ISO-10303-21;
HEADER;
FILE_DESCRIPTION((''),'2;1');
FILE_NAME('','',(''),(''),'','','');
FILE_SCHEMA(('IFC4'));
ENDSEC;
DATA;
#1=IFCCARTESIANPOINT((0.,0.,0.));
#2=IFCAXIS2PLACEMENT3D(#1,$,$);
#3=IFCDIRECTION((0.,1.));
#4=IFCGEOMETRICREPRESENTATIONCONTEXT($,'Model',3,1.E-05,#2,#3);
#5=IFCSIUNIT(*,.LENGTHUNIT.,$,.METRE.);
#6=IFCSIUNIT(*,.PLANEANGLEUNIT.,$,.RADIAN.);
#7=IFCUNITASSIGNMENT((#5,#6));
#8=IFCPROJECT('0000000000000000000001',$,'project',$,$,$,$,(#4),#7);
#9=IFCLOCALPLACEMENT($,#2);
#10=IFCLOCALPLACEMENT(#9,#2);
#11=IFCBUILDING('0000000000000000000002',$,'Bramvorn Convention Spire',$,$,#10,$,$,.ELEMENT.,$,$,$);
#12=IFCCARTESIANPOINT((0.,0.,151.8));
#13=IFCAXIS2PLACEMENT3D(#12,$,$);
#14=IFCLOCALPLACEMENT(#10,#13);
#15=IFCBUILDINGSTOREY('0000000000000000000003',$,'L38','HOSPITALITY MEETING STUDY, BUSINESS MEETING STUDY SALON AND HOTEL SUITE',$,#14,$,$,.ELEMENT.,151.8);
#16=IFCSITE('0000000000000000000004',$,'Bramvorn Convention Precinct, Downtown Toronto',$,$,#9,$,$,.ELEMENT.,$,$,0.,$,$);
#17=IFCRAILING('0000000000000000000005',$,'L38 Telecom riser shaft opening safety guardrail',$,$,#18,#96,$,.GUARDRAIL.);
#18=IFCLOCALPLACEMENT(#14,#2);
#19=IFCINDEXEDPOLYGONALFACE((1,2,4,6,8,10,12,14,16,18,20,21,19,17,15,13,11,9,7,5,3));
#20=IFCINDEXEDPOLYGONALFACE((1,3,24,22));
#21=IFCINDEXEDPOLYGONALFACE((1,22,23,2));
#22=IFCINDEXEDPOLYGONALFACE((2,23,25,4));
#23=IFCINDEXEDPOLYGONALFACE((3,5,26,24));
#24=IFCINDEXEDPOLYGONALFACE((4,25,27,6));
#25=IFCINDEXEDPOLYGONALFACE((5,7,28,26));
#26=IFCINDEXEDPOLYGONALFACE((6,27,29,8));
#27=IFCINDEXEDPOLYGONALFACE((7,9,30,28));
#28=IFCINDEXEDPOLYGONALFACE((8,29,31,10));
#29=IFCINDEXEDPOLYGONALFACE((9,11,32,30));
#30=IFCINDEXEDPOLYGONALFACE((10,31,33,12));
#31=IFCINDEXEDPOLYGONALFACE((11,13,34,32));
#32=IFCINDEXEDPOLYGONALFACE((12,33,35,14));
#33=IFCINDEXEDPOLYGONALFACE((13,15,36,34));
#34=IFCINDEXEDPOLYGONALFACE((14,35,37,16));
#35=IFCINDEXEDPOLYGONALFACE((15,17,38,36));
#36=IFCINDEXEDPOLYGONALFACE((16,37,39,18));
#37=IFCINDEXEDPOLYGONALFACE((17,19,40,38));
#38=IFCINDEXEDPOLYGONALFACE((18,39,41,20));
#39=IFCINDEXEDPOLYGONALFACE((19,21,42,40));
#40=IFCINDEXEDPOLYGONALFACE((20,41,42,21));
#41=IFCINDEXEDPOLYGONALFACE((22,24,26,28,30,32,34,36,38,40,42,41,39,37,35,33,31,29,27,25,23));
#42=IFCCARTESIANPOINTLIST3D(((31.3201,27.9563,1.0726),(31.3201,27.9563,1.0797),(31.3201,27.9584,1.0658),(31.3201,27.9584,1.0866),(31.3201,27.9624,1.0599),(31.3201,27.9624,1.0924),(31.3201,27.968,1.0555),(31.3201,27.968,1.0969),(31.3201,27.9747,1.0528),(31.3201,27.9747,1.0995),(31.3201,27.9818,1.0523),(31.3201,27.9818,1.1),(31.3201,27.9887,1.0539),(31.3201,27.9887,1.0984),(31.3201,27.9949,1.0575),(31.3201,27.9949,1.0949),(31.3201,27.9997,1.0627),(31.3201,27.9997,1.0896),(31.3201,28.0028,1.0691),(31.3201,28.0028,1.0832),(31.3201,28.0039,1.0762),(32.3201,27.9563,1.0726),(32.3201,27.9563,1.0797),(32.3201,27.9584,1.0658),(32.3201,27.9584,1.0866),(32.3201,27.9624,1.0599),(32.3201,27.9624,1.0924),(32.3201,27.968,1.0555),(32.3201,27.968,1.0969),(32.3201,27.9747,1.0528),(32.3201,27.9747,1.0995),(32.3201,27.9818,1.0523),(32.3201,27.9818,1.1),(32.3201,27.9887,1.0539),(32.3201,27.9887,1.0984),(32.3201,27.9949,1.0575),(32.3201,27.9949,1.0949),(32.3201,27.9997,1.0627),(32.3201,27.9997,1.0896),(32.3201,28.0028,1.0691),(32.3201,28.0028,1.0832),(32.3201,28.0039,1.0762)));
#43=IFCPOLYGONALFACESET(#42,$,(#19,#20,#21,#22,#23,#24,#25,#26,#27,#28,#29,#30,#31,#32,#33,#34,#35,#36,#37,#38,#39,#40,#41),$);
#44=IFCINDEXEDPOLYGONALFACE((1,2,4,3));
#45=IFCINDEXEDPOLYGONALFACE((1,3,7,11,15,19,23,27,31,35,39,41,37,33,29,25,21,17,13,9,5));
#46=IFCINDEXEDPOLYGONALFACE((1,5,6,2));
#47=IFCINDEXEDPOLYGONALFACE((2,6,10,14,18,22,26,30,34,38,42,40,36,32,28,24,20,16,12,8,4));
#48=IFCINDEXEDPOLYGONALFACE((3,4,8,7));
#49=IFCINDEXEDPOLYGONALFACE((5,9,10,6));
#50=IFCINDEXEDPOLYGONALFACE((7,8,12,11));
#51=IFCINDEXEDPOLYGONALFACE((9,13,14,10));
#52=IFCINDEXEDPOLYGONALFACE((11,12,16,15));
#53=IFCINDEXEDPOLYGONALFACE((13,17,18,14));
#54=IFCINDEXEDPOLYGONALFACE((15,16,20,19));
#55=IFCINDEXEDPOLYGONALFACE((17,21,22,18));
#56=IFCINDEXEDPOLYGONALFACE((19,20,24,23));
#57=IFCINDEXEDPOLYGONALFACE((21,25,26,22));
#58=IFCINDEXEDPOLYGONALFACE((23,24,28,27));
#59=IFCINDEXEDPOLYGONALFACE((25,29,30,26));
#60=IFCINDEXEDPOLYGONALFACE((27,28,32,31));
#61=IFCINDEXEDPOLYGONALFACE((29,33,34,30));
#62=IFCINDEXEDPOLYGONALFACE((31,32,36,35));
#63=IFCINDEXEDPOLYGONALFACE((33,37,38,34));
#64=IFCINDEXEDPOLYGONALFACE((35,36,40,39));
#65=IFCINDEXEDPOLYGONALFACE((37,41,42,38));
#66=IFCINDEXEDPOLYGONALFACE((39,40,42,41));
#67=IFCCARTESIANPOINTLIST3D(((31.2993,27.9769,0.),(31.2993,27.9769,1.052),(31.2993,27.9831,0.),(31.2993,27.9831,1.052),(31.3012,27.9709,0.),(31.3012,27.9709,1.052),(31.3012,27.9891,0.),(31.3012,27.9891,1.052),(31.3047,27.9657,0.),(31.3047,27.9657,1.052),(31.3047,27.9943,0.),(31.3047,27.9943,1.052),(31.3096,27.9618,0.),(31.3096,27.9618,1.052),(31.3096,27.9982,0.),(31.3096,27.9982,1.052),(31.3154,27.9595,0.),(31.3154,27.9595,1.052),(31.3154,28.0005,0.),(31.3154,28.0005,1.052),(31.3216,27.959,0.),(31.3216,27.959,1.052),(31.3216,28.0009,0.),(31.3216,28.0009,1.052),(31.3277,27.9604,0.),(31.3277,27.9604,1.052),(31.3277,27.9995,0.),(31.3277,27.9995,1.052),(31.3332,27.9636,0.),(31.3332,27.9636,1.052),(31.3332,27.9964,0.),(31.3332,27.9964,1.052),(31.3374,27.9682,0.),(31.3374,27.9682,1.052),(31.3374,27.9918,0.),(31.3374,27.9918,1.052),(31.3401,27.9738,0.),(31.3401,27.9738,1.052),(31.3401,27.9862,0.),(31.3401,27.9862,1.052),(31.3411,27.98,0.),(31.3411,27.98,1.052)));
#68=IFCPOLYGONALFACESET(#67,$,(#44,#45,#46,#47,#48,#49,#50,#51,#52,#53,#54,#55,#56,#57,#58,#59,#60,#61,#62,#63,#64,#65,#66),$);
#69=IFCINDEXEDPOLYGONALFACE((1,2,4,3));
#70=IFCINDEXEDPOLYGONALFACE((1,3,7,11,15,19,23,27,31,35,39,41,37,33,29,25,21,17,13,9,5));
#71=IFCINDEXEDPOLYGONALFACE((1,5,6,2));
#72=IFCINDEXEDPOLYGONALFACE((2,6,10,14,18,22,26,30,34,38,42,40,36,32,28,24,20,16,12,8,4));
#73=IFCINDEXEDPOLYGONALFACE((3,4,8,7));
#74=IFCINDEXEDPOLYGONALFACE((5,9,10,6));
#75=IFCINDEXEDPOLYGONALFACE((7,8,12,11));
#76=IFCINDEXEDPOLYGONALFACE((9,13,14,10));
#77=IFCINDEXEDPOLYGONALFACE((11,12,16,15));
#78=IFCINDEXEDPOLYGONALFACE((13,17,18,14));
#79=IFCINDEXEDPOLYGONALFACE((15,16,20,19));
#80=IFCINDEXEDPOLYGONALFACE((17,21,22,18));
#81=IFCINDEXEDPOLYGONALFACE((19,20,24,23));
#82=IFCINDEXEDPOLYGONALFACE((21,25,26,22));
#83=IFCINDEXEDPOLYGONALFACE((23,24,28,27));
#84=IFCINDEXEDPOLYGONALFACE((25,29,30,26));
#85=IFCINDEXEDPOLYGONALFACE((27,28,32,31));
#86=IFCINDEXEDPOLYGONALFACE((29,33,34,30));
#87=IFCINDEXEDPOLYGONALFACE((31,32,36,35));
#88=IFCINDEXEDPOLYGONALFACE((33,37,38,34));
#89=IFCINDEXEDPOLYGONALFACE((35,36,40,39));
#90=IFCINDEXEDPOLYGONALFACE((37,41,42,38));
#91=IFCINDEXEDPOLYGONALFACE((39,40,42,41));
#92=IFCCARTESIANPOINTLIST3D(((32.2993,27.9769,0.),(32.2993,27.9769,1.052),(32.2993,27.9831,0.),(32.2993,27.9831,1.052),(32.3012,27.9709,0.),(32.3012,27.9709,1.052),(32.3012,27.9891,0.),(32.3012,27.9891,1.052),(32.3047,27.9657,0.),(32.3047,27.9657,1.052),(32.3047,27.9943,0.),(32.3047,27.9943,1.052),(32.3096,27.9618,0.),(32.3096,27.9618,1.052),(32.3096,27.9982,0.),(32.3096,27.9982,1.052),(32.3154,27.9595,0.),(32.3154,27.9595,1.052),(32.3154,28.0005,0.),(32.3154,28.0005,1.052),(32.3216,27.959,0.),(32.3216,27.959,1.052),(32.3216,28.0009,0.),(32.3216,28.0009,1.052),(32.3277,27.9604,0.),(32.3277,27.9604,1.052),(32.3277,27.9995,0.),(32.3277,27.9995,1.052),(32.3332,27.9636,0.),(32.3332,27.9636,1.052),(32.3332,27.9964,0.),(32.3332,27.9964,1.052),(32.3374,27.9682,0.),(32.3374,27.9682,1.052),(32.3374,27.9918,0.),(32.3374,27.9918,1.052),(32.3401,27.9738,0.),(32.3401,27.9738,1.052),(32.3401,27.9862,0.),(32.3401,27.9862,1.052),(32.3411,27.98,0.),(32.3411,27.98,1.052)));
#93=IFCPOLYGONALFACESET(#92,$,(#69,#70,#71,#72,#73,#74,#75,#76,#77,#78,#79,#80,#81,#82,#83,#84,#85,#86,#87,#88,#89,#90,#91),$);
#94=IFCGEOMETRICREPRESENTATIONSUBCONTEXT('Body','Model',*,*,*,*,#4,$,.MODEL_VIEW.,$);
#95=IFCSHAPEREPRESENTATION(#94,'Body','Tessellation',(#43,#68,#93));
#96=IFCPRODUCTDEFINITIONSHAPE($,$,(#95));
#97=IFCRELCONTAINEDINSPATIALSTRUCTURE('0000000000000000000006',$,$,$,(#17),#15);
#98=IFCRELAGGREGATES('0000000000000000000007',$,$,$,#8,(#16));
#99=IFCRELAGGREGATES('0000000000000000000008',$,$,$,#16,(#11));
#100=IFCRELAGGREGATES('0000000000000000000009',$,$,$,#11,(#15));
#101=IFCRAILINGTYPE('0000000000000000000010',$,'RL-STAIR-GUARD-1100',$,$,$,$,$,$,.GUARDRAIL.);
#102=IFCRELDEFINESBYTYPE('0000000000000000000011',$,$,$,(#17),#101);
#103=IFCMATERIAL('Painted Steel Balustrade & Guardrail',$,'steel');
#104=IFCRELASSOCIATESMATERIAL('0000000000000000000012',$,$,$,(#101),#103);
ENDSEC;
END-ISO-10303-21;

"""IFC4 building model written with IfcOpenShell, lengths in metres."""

from ifc_helpers import new_model, si_unit, direction, frame, origin, origin_2d, place, context, subcontext, project, spatial, circle, extrude, material, type_object, element, save


model = new_model("IFC4")

# Units and contexts
model_context = context("Model", 3, precision=1e-05, world=origin(), true_north=direction((0.0, 1.0)))
body_context = subcontext(model_context, "Body", "Model", "MODEL_VIEW")
ifc_project = project(units=[si_unit("LENGTHUNIT", "METRE"), si_unit("PLANEANGLEUNIT", "RADIAN")], contexts=[model_context])

# Site, building, storey
site_placement = place(None, origin())
site = spatial("IfcSite", under=ifc_project, at=site_placement, Name="Bramvorn Convention Precinct, Downtown Toronto", CompositionType="ELEMENT", RefElevation=0.0)
building_placement = place(site_placement, origin())
building = spatial("IfcBuilding", under=site, at=building_placement, Name="Bramvorn Convention Spire", CompositionType="ELEMENT")
storey_placement = place(building_placement, frame((0.0, 0.0, 151.8)))
storey = spatial("IfcBuildingStorey", under=building, at=storey_placement, Name="L38", Description="HOSPITALITY MEETING STUDY, BUSINESS MEETING STUDY SALON AND HOTEL SUITE", CompositionType="ELEMENT", Elevation=151.8)

# Railing
ifc_material_1 = material(Name="Painted Steel Balustrade & Guardrail", Category="steel")
railing_type_1 = type_object("IfcRailingType", Name="RL-STAIR-GUARD-1100", PredefinedType="GUARDRAIL", material=ifc_material_1)
railing_1_placement = place(storey_placement, frame((31.3201, 27.98, 0.0)))
element("IfcRailing", 1, at=railing_1_placement, inside=storey, type_object=railing_type_1, Name="L38 Telecom riser shaft opening safety guardrail", PredefinedType="GUARDRAIL", context=body_context, shape_type="SweptSolid", body=[
    extrude(circle(Radius=0.0239, at=origin_2d()), frame((0.0, 0.0, 1.0762), z_axis=(1.0, 0.0, 0.0), x_axis=(0.0, 1.0, 0.0)), (0.0, 0.0, 1.0), 1.0),
    extrude(circle(Radius=0.021, at=origin_2d()), origin(), (0.0, 0.0, 1.0), 1.052),
    extrude(circle(Radius=0.021, at=origin_2d()), frame((1.0, 0.0, 0.0)), (0.0, 0.0, 1.0), 1.052),
])

save(model, "model.ifc")
